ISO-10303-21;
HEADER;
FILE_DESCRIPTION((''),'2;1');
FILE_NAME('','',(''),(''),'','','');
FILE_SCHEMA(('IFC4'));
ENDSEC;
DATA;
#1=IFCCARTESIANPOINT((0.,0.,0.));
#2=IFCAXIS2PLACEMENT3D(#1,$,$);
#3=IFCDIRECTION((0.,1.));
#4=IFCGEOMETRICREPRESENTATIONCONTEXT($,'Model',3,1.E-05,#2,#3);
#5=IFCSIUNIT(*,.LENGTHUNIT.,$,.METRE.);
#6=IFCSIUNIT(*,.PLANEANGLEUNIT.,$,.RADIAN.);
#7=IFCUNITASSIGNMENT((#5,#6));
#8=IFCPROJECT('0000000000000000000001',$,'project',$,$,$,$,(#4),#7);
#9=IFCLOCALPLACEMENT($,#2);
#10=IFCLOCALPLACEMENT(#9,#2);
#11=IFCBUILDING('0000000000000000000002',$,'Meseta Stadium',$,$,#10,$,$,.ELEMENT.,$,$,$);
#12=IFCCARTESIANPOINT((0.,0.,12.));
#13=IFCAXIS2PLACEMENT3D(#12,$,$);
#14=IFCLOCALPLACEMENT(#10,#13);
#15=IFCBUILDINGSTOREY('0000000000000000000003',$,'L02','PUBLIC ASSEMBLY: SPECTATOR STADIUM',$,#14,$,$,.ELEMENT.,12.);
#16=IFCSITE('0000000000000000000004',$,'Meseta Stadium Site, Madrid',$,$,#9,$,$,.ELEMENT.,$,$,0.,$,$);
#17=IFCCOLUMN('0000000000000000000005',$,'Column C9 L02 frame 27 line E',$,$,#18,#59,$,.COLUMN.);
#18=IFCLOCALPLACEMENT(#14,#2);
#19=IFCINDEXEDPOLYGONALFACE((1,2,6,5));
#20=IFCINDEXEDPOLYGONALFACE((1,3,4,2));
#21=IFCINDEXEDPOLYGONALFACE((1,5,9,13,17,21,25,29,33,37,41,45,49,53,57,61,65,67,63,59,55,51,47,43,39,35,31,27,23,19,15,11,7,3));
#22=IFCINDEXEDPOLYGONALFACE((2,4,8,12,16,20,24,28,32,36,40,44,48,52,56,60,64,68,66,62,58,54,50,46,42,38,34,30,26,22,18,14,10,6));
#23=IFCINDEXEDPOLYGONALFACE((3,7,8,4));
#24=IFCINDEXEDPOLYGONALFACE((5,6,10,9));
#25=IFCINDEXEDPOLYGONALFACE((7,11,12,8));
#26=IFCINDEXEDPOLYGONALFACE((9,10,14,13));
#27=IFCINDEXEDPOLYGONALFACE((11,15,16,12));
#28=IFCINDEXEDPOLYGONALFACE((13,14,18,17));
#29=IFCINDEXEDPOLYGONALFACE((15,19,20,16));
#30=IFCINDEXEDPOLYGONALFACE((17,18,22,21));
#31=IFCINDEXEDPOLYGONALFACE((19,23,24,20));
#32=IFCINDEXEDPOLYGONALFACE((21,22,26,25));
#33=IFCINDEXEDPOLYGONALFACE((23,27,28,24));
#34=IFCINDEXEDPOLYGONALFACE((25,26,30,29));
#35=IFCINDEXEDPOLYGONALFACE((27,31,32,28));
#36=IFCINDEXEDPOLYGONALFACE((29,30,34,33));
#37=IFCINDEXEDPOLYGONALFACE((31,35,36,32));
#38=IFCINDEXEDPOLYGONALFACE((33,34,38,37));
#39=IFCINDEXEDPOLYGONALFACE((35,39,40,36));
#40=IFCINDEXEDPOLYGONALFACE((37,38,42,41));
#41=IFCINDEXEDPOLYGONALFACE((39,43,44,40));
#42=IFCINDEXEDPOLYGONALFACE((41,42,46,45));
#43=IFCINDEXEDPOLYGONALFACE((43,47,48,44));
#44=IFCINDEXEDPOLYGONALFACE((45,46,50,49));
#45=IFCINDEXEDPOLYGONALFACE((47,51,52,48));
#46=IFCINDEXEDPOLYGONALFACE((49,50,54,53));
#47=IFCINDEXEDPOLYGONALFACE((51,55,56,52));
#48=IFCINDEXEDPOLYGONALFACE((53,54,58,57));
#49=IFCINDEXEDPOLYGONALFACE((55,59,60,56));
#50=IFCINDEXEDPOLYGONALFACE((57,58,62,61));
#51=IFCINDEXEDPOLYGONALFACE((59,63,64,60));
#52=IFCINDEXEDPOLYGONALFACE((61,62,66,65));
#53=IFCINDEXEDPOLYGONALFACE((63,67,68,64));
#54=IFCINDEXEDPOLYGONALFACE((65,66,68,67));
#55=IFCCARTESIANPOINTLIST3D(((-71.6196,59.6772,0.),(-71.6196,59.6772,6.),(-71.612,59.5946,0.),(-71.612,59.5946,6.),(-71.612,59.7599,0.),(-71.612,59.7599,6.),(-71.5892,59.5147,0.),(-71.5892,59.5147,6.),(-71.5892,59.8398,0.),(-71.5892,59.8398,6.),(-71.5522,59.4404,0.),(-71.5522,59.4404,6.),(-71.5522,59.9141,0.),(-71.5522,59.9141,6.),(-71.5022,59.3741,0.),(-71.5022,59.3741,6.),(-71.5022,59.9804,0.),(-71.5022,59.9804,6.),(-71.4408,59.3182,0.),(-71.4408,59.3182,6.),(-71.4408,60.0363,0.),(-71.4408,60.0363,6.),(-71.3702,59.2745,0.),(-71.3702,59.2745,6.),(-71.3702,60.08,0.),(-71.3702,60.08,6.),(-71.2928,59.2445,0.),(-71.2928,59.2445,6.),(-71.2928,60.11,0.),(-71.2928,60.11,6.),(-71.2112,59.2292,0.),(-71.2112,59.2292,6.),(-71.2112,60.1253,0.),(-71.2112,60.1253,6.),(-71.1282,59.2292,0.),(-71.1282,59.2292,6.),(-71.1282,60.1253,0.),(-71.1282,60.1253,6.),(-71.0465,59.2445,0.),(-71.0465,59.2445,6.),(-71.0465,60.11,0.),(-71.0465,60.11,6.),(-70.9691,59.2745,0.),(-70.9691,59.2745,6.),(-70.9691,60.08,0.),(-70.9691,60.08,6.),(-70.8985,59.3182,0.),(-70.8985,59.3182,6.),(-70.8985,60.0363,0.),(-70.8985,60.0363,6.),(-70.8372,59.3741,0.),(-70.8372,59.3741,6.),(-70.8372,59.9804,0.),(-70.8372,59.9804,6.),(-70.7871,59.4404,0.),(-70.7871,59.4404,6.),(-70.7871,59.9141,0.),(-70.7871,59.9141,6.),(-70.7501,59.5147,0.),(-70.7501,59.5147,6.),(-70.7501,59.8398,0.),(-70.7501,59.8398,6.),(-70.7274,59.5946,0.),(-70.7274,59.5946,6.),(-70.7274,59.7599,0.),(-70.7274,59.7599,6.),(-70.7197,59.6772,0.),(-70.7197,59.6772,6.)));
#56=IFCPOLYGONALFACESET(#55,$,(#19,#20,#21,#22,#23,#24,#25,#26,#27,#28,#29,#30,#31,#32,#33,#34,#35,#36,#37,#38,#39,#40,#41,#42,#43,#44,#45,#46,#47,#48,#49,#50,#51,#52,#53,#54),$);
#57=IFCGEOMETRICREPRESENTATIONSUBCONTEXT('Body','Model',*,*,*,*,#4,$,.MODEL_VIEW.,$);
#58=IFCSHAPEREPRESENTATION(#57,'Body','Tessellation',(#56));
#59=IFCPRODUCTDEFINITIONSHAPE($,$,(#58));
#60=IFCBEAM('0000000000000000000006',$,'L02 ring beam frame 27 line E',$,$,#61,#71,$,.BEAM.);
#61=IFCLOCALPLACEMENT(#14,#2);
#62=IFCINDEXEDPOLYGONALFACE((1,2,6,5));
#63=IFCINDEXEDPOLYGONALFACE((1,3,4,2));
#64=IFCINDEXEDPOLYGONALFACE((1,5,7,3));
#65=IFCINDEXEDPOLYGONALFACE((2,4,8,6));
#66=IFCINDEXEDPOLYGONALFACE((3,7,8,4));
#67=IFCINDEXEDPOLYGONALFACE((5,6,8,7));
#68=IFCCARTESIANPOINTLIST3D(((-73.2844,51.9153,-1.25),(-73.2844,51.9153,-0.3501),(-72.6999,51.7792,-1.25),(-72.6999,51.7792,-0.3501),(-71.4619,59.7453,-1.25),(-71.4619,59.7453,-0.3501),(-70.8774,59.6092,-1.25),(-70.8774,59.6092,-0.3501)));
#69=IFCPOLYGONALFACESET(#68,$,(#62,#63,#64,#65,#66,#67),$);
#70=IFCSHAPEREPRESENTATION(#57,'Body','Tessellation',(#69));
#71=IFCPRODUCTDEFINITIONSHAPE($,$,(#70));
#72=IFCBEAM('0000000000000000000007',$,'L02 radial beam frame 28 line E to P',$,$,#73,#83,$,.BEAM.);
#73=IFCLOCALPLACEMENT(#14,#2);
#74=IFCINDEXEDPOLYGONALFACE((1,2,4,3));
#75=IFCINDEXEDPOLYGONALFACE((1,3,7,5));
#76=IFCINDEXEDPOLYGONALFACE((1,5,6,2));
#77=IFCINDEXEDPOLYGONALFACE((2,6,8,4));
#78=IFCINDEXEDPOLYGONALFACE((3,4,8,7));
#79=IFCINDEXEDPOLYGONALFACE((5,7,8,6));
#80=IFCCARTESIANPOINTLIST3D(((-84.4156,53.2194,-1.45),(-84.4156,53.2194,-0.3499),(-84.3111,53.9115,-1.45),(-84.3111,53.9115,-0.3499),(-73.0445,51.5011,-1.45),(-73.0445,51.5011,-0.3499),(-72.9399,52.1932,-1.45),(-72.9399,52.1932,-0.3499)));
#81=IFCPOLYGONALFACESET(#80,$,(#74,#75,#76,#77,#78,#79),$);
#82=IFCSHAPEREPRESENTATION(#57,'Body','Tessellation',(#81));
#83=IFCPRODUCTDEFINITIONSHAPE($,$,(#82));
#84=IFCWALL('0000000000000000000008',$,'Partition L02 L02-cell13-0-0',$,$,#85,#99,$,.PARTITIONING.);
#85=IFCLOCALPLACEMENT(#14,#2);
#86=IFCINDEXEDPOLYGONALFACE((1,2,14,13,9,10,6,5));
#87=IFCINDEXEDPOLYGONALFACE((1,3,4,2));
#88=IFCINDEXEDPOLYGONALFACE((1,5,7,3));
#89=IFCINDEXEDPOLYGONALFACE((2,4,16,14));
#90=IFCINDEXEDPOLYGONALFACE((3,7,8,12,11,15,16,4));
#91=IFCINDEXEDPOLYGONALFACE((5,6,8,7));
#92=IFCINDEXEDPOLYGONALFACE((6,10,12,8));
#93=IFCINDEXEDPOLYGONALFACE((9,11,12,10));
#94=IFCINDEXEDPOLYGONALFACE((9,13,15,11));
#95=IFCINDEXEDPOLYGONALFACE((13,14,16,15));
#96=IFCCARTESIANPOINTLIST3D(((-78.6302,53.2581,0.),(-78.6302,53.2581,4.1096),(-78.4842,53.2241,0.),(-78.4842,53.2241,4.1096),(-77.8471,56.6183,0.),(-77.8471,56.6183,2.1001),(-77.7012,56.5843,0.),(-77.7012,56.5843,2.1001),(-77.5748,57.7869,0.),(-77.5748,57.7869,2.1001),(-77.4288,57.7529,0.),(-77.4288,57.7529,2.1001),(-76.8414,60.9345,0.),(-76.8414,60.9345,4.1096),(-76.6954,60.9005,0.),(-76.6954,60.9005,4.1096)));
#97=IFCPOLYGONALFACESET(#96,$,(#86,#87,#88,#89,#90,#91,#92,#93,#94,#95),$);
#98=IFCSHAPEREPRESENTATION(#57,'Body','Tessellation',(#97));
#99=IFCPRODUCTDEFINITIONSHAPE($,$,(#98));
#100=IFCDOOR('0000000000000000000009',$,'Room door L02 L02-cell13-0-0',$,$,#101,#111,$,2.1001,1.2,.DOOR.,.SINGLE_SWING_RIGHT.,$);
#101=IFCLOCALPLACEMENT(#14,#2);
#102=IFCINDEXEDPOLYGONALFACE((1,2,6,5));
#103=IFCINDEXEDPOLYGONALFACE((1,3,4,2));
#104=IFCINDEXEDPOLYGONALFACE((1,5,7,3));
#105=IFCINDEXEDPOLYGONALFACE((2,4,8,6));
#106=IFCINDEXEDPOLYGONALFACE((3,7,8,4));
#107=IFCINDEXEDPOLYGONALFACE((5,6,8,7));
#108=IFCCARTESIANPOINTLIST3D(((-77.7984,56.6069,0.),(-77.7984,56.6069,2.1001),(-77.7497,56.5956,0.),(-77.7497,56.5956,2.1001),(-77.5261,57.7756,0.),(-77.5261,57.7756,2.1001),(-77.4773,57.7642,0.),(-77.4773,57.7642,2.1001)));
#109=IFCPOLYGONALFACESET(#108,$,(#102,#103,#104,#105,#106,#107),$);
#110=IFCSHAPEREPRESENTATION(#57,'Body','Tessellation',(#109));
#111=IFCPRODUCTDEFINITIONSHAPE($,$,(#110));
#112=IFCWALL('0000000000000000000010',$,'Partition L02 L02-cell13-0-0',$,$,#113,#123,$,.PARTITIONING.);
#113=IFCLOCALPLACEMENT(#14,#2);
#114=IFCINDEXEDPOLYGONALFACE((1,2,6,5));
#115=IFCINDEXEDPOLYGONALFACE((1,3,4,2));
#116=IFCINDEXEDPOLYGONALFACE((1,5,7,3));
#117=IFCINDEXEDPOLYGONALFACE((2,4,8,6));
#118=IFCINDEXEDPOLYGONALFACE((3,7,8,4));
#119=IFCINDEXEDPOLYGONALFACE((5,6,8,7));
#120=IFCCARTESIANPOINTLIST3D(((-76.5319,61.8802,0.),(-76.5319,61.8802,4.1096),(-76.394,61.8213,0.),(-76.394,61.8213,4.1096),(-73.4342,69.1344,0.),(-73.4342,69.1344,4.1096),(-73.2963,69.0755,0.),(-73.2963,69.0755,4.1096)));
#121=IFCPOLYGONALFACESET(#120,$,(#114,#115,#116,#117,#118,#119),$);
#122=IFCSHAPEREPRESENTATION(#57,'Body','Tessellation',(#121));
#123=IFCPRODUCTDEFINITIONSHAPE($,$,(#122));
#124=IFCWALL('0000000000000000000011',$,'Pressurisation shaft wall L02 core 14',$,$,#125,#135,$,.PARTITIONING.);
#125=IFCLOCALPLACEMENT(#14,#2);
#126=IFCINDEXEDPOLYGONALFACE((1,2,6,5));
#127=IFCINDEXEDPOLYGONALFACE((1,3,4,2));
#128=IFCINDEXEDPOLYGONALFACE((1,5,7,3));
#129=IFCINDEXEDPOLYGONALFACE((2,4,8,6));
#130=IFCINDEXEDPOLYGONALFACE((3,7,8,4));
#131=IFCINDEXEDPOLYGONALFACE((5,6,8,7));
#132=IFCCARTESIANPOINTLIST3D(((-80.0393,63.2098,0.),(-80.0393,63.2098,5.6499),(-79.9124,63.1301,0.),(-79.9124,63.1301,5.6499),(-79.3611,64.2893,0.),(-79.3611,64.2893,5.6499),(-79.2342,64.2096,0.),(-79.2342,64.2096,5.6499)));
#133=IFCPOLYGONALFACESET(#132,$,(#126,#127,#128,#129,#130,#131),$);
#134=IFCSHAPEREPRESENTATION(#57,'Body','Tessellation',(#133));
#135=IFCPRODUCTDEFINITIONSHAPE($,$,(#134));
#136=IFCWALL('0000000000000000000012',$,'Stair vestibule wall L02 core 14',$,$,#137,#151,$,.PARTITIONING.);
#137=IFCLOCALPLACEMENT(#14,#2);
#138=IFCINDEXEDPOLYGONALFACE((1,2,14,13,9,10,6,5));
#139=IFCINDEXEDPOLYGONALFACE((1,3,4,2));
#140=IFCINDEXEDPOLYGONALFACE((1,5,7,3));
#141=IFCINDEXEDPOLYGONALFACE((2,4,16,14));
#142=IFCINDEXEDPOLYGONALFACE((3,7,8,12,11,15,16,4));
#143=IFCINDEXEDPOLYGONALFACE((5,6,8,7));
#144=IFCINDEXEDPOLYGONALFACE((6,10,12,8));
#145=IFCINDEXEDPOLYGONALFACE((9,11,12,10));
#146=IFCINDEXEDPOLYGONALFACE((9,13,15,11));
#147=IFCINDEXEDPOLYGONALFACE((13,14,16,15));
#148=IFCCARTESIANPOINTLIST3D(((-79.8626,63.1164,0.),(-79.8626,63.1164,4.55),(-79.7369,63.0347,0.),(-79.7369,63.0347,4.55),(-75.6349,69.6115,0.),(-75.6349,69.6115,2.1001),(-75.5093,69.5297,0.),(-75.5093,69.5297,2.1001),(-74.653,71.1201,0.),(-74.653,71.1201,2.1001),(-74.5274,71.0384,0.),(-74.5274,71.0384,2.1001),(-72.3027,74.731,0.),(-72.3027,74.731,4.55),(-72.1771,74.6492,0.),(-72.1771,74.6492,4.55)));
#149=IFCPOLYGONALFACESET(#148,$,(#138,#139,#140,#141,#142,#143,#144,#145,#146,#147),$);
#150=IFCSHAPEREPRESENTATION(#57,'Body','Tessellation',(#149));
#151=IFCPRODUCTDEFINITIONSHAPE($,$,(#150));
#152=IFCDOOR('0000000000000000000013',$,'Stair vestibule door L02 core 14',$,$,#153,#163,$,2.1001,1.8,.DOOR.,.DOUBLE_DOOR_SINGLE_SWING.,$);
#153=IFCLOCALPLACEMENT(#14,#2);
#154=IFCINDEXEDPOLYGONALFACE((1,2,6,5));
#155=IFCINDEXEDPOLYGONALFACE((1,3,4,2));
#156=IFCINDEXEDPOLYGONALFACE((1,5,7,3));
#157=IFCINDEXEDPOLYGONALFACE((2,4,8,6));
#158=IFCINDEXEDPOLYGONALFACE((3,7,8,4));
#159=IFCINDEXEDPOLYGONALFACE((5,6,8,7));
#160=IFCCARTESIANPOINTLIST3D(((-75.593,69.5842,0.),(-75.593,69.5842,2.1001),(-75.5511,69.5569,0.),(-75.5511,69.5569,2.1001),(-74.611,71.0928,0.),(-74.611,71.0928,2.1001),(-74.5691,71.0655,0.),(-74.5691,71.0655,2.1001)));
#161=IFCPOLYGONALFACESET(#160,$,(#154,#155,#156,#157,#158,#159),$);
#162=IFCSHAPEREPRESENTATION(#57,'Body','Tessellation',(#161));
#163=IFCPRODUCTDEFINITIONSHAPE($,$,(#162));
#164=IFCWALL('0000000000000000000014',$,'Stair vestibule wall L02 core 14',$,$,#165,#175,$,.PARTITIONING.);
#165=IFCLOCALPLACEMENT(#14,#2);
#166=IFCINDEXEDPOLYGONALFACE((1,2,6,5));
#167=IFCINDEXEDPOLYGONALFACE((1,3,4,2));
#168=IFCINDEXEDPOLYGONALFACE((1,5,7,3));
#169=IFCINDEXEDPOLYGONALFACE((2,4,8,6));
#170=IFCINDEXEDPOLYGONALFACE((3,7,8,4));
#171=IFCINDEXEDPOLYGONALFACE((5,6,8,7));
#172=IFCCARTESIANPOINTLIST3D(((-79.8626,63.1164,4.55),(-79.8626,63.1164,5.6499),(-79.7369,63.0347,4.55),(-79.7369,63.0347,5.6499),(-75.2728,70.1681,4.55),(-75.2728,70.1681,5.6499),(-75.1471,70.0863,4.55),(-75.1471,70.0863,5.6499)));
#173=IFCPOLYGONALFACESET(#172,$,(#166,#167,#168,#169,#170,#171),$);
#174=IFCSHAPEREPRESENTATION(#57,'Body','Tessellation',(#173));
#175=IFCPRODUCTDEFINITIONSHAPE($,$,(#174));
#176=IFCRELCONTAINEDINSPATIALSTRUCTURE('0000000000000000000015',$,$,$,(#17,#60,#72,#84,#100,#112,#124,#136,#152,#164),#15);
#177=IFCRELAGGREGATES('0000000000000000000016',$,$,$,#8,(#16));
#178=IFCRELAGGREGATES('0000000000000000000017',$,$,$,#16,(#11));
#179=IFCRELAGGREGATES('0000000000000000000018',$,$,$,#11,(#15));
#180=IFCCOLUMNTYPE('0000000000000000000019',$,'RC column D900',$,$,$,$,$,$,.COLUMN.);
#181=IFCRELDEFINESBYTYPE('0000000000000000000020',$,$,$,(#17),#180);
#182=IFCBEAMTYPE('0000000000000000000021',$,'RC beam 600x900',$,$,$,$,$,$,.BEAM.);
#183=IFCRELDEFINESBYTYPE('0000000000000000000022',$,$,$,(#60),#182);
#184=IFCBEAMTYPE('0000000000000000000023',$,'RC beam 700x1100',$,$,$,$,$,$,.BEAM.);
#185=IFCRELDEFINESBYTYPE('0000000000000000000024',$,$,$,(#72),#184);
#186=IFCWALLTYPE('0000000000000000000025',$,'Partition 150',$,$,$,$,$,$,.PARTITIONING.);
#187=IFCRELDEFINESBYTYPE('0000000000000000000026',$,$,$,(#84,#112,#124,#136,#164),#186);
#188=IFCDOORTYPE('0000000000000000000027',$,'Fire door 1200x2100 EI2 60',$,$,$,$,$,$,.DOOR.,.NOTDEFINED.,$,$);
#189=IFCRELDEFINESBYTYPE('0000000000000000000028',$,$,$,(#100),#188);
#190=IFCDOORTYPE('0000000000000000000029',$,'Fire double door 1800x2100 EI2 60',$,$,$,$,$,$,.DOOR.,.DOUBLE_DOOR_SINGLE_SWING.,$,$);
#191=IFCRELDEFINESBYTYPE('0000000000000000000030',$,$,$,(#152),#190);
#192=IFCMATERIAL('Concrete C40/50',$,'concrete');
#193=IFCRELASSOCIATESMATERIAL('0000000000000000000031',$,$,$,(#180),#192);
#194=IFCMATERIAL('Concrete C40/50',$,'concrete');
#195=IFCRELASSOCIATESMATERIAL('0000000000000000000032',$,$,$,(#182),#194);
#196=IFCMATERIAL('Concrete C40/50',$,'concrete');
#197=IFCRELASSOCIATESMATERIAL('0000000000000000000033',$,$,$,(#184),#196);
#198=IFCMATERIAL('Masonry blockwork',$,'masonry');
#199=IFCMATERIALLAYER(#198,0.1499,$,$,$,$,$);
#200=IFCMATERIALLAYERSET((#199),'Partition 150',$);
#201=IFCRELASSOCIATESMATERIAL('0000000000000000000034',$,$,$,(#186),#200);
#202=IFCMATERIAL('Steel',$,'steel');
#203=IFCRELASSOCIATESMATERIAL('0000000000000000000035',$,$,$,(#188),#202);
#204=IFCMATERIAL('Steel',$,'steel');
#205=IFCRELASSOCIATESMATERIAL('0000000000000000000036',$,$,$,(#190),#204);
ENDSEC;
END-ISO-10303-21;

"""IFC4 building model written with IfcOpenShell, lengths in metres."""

from ifc_helpers import new_model, si_unit, direction, frame, frame_2d, origin, origin_2d, place, context, subcontext, project, spatial, rectangle, circle, extrude, material, layer, layer_set, material_profile, profile_set, type_object, element, fill, save


model = new_model("IFC4")

# Units and contexts
model_context = context("Model", 3, precision=1e-05, world=origin(), true_north=direction((0.0, 1.0)))
body_context = subcontext(model_context, "Body", "Model", "MODEL_VIEW")
ifc_project = project(units=[si_unit("LENGTHUNIT", "METRE"), si_unit("PLANEANGLEUNIT", "RADIAN")], contexts=[model_context])

# Site, building, storey
site_placement = place(None, origin())
site = spatial("IfcSite", under=ifc_project, at=site_placement, Name="Meseta Stadium Site, Madrid", CompositionType="ELEMENT", RefElevation=0.0)
building_placement = place(site_placement, origin())
building = spatial("IfcBuilding", under=site, at=building_placement, Name="Meseta Stadium", CompositionType="ELEMENT")
storey_placement = place(building_placement, frame((0.0, 0.0, 12.0)))
storey = spatial("IfcBuildingStorey", under=building, at=storey_placement, Name="L02", Description="PUBLIC ASSEMBLY: SPECTATOR STADIUM", CompositionType="ELEMENT", Elevation=12.0)

# Column
ifc_material_1 = material(Name="Concrete C40/50", Category="concrete")
ifc_material_profile_1 = material_profile(ifc_material_1, circle(Radius=0.45, at=origin_2d()), Name="RC D900")
ifc_profile_set_1 = profile_set([ifc_material_profile_1], Name="Concrete C40/50")
column_type = type_object("IfcColumnType", Name="RC column D900", PredefinedType="COLUMN", material=ifc_profile_set_1)
column_placement = place(storey_placement, frame((-71.1697, 59.6772, 0.0), z_axis=(0.0, 0.0, 1.0), x_axis=(1.0, 0.0, 0.0)))
element("IfcColumn", 1, at=column_placement, inside=storey, type_object=column_type, Name="Column C9 L02 frame 27 line E", PredefinedType="COLUMN", context=body_context, shape_type="SweptSolid", body=[
    extrude(circle(Radius=0.45, at=origin_2d()), origin(), (0.0, 0.0, 1.0), 6.0),
])

# Beams
ifc_material_2 = material(Name="Concrete C40/50", Category="concrete")
ifc_material_profile_2 = material_profile(ifc_material_2, rectangle(XDim=0.6001, YDim=0.8999, at=origin_2d()), Name="RC 600x900")
ifc_profile_set_2 = profile_set([ifc_material_profile_2], Name="Concrete C40/50")
beam_type_1 = type_object("IfcBeamType", Name="RC beam 600x900", PredefinedType="BEAM", material=ifc_profile_set_2)
beam_1_placement = place(storey_placement, frame((-71.1697, 59.6772, -0.8), z_axis=(-0.226698, -0.973965, 0.0), x_axis=(0.973965, -0.226698, 0.0)))
element("IfcBeam", 2, at=beam_1_placement, inside=storey, type_object=beam_type_1, Name="L02 ring beam frame 27 line E", PredefinedType="BEAM", context=body_context, shape_type="SweptSolid", body=[
    extrude(rectangle(XDim=0.6001, YDim=0.8999, at=origin_2d()), origin(), (0.0, 0.0, 1.0), 8.0393),
])
ifc_material_3 = material(Name="Concrete C40/50", Category="concrete")
ifc_material_profile_3 = material_profile(ifc_material_3, rectangle(XDim=0.7, YDim=1.1001, at=origin_2d()), Name="RC 700x1100")
ifc_profile_set_3 = profile_set([ifc_material_profile_3], Name="Concrete C40/50")
beam_type_2 = type_object("IfcBeamType", Name="RC beam 700x1100", PredefinedType="BEAM", material=ifc_profile_set_3)
beam_2_placement = place(storey_placement, frame((-72.9922, 51.8472, -0.8999), z_axis=(-0.988775, 0.149412, 0.0), x_axis=(-0.149412, -0.988775, 0.0)))
element("IfcBeam", 3, at=beam_2_placement, inside=storey, type_object=beam_type_2, Name="L02 radial beam frame 28 line E to P", PredefinedType="BEAM", context=body_context, shape_type="SweptSolid", body=[
    extrude(rectangle(XDim=0.7, YDim=1.1001, at=origin_2d()), origin(), (0.0, 0.0, 1.0), 11.5002),
])

# Wall, opening, door
ifc_material_4 = material(Name="Masonry blockwork", Category="masonry")
ifc_layer = layer(ifc_material_4, 0.1499)
ifc_layer_set = layer_set([ifc_layer], Name="Partition 150")
wall_type = type_object("IfcWallType", Name="Partition 150", PredefinedType="PARTITIONING", material=ifc_layer_set)
wall_1_placement = place(storey_placement, frame((-78.5571, 53.2412, 0.0), z_axis=(0.0, 0.0, 1.0), x_axis=(0.226945, 0.973908, 0.0)))
wall_1 = element("IfcWall", 4, at=wall_1_placement, inside=storey, type_object=wall_type, Name="Partition L02 L02-cell13-0-0", PredefinedType="PARTITIONING", context=body_context, shape_type="SweptSolid", body=[
    extrude(rectangle(XDim=7.8821, YDim=0.1499, at=frame_2d((3.9409, 0.0))), origin(), (0.0, 0.0, 1.0), 4.1096),
])
opening_1_placement = place(wall_1_placement, frame((3.45, 0.0, 0.0)))
opening_1 = element("IfcOpeningElement", 5, at=opening_1_placement, cuts=wall_1, PredefinedType="OPENING", context=body_context, shape_type="SweptSolid", body=[
    extrude(rectangle(XDim=1.2, YDim=2.1001, at=frame_2d((0.6001, 1.05))), frame((0.0, 0.085, 0.0), z_axis=(0.0, -1.0, 0.0), x_axis=(1.0, 0.0, 0.0)), (0.0, 0.0, 1.0), 0.1699),
])
ifc_material_5 = material(Name="Steel", Category="steel")
door_type_1 = type_object("IfcDoorType", Name="Fire door 1200x2100 EI2 60", OperationType="NOTDEFINED", PredefinedType="DOOR", material=ifc_material_5)
door_1_placement = place(opening_1_placement, origin())
door_1 = element("IfcDoor", 6, at=door_1_placement, inside=storey, type_object=door_type_1, Name="Room door L02 L02-cell13-0-0", OperationType="SINGLE_SWING_RIGHT", OverallHeight=2.1001, OverallWidth=1.2, PredefinedType="DOOR", context=body_context, shape_type="SweptSolid", body=[
    extrude(rectangle(XDim=1.2, YDim=2.1001, at=frame_2d((0.6001, 1.05))), frame((0.0, 0.0249, 0.0), z_axis=(0.0, -1.0, 0.0), x_axis=(1.0, 0.0, 0.0)), (0.0, 0.0, 1.0), 0.05),
])
fill(opening_1, door_1)

# Walls
wall_2_placement = place(storey_placement, frame((-76.4629, 61.8508, 0.0), z_axis=(0.0, 0.0, 1.0), x_axis=(0.392712, 0.919661, 0.0)))
element("IfcWall", 7, at=wall_2_placement, inside=storey, type_object=wall_type, Name="Partition L02 L02-cell13-0-0", PredefinedType="PARTITIONING", context=body_context, shape_type="SweptSolid", body=[
    extrude(rectangle(XDim=7.8879, YDim=0.1499, at=frame_2d((3.9438, 0.0))), origin(), (0.0, 0.0, 1.0), 4.1096),
])
wall_3_placement = place(storey_placement, frame((-79.9758, 63.1699, 0.0), z_axis=(0.0, 0.0, 1.0), x_axis=(0.53196, 0.84677, 0.0)))
element("IfcWall", 8, at=wall_3_placement, inside=storey, type_object=wall_type, Name="Pressurisation shaft wall L02 core 14", PredefinedType="PARTITIONING", context=body_context, shape_type="SweptSolid", body=[
    extrude(rectangle(XDim=1.2749, YDim=0.1499, at=frame_2d((0.6375, 0.0))), origin(), (0.0, 0.0, 1.0), 5.6499),
])

# Wall, opening, door
wall_4_placement = place(storey_placement, frame((-79.7998, 63.0754, 0.0), z_axis=(0.0, 0.0, 1.0), x_axis=(0.545515, 0.838101, 0.0)))
wall_4 = element("IfcWall", 9, at=wall_4_placement, inside=storey, type_object=wall_type, Name="Stair vestibule wall L02 core 14", PredefinedType="PARTITIONING", context=body_context, shape_type="SweptSolid", body=[
    extrude(rectangle(XDim=13.8582, YDim=0.1499, at=frame_2d((6.9292, 0.0))), origin(), (0.0, 0.0, 1.0), 4.55),
])
opening_2_placement = place(wall_4_placement, frame((7.75, 0.0, 0.0)))
opening_2 = element("IfcOpeningElement", 10, at=opening_2_placement, cuts=wall_4, PredefinedType="OPENING", context=body_context, shape_type="SweptSolid", body=[
    extrude(rectangle(XDim=1.8, YDim=2.1001, at=frame_2d((0.8999, 1.05))), frame((0.0, 0.085, 0.0), z_axis=(0.0, -1.0, 0.0), x_axis=(1.0, 0.0, 0.0)), (0.0, 0.0, 1.0), 0.1699),
])
ifc_material_6 = material(Name="Steel", Category="steel")
door_type_2 = type_object("IfcDoorType", Name="Fire double door 1800x2100 EI2 60", OperationType="DOUBLE_DOOR_SINGLE_SWING", PredefinedType="DOOR", material=ifc_material_6)
door_2_placement = place(opening_2_placement, origin())
door_2 = element("IfcDoor", 11, at=door_2_placement, inside=storey, type_object=door_type_2, Name="Stair vestibule door L02 core 14", OperationType="DOUBLE_DOOR_SINGLE_SWING", OverallHeight=2.1001, OverallWidth=1.8, PredefinedType="DOOR", context=body_context, shape_type="SweptSolid", body=[
    extrude(rectangle(XDim=1.8, YDim=2.1001, at=frame_2d((0.8999, 1.05))), frame((0.0, 0.0249, 0.0), z_axis=(0.0, -1.0, 0.0), x_axis=(1.0, 0.0, 0.0)), (0.0, 0.0, 1.0), 0.05),
])
fill(opening_2, door_2)

# Wall
wall_5_placement = place(storey_placement, frame((-79.7998, 63.0754, 4.55), z_axis=(0.0, 0.0, 1.0), x_axis=(0.545506, 0.838107, 0.0)))
element("IfcWall", 12, at=wall_5_placement, inside=storey, type_object=wall_type, Name="Stair vestibule wall L02 core 14", PredefinedType="PARTITIONING", context=body_context, shape_type="SweptSolid", body=[
    extrude(rectangle(XDim=8.4138, YDim=0.1499, at=frame_2d((4.207, 0.0))), origin(), (0.0, 0.0, 1.0), 1.0999),
])

save(model, "model.ifc")
